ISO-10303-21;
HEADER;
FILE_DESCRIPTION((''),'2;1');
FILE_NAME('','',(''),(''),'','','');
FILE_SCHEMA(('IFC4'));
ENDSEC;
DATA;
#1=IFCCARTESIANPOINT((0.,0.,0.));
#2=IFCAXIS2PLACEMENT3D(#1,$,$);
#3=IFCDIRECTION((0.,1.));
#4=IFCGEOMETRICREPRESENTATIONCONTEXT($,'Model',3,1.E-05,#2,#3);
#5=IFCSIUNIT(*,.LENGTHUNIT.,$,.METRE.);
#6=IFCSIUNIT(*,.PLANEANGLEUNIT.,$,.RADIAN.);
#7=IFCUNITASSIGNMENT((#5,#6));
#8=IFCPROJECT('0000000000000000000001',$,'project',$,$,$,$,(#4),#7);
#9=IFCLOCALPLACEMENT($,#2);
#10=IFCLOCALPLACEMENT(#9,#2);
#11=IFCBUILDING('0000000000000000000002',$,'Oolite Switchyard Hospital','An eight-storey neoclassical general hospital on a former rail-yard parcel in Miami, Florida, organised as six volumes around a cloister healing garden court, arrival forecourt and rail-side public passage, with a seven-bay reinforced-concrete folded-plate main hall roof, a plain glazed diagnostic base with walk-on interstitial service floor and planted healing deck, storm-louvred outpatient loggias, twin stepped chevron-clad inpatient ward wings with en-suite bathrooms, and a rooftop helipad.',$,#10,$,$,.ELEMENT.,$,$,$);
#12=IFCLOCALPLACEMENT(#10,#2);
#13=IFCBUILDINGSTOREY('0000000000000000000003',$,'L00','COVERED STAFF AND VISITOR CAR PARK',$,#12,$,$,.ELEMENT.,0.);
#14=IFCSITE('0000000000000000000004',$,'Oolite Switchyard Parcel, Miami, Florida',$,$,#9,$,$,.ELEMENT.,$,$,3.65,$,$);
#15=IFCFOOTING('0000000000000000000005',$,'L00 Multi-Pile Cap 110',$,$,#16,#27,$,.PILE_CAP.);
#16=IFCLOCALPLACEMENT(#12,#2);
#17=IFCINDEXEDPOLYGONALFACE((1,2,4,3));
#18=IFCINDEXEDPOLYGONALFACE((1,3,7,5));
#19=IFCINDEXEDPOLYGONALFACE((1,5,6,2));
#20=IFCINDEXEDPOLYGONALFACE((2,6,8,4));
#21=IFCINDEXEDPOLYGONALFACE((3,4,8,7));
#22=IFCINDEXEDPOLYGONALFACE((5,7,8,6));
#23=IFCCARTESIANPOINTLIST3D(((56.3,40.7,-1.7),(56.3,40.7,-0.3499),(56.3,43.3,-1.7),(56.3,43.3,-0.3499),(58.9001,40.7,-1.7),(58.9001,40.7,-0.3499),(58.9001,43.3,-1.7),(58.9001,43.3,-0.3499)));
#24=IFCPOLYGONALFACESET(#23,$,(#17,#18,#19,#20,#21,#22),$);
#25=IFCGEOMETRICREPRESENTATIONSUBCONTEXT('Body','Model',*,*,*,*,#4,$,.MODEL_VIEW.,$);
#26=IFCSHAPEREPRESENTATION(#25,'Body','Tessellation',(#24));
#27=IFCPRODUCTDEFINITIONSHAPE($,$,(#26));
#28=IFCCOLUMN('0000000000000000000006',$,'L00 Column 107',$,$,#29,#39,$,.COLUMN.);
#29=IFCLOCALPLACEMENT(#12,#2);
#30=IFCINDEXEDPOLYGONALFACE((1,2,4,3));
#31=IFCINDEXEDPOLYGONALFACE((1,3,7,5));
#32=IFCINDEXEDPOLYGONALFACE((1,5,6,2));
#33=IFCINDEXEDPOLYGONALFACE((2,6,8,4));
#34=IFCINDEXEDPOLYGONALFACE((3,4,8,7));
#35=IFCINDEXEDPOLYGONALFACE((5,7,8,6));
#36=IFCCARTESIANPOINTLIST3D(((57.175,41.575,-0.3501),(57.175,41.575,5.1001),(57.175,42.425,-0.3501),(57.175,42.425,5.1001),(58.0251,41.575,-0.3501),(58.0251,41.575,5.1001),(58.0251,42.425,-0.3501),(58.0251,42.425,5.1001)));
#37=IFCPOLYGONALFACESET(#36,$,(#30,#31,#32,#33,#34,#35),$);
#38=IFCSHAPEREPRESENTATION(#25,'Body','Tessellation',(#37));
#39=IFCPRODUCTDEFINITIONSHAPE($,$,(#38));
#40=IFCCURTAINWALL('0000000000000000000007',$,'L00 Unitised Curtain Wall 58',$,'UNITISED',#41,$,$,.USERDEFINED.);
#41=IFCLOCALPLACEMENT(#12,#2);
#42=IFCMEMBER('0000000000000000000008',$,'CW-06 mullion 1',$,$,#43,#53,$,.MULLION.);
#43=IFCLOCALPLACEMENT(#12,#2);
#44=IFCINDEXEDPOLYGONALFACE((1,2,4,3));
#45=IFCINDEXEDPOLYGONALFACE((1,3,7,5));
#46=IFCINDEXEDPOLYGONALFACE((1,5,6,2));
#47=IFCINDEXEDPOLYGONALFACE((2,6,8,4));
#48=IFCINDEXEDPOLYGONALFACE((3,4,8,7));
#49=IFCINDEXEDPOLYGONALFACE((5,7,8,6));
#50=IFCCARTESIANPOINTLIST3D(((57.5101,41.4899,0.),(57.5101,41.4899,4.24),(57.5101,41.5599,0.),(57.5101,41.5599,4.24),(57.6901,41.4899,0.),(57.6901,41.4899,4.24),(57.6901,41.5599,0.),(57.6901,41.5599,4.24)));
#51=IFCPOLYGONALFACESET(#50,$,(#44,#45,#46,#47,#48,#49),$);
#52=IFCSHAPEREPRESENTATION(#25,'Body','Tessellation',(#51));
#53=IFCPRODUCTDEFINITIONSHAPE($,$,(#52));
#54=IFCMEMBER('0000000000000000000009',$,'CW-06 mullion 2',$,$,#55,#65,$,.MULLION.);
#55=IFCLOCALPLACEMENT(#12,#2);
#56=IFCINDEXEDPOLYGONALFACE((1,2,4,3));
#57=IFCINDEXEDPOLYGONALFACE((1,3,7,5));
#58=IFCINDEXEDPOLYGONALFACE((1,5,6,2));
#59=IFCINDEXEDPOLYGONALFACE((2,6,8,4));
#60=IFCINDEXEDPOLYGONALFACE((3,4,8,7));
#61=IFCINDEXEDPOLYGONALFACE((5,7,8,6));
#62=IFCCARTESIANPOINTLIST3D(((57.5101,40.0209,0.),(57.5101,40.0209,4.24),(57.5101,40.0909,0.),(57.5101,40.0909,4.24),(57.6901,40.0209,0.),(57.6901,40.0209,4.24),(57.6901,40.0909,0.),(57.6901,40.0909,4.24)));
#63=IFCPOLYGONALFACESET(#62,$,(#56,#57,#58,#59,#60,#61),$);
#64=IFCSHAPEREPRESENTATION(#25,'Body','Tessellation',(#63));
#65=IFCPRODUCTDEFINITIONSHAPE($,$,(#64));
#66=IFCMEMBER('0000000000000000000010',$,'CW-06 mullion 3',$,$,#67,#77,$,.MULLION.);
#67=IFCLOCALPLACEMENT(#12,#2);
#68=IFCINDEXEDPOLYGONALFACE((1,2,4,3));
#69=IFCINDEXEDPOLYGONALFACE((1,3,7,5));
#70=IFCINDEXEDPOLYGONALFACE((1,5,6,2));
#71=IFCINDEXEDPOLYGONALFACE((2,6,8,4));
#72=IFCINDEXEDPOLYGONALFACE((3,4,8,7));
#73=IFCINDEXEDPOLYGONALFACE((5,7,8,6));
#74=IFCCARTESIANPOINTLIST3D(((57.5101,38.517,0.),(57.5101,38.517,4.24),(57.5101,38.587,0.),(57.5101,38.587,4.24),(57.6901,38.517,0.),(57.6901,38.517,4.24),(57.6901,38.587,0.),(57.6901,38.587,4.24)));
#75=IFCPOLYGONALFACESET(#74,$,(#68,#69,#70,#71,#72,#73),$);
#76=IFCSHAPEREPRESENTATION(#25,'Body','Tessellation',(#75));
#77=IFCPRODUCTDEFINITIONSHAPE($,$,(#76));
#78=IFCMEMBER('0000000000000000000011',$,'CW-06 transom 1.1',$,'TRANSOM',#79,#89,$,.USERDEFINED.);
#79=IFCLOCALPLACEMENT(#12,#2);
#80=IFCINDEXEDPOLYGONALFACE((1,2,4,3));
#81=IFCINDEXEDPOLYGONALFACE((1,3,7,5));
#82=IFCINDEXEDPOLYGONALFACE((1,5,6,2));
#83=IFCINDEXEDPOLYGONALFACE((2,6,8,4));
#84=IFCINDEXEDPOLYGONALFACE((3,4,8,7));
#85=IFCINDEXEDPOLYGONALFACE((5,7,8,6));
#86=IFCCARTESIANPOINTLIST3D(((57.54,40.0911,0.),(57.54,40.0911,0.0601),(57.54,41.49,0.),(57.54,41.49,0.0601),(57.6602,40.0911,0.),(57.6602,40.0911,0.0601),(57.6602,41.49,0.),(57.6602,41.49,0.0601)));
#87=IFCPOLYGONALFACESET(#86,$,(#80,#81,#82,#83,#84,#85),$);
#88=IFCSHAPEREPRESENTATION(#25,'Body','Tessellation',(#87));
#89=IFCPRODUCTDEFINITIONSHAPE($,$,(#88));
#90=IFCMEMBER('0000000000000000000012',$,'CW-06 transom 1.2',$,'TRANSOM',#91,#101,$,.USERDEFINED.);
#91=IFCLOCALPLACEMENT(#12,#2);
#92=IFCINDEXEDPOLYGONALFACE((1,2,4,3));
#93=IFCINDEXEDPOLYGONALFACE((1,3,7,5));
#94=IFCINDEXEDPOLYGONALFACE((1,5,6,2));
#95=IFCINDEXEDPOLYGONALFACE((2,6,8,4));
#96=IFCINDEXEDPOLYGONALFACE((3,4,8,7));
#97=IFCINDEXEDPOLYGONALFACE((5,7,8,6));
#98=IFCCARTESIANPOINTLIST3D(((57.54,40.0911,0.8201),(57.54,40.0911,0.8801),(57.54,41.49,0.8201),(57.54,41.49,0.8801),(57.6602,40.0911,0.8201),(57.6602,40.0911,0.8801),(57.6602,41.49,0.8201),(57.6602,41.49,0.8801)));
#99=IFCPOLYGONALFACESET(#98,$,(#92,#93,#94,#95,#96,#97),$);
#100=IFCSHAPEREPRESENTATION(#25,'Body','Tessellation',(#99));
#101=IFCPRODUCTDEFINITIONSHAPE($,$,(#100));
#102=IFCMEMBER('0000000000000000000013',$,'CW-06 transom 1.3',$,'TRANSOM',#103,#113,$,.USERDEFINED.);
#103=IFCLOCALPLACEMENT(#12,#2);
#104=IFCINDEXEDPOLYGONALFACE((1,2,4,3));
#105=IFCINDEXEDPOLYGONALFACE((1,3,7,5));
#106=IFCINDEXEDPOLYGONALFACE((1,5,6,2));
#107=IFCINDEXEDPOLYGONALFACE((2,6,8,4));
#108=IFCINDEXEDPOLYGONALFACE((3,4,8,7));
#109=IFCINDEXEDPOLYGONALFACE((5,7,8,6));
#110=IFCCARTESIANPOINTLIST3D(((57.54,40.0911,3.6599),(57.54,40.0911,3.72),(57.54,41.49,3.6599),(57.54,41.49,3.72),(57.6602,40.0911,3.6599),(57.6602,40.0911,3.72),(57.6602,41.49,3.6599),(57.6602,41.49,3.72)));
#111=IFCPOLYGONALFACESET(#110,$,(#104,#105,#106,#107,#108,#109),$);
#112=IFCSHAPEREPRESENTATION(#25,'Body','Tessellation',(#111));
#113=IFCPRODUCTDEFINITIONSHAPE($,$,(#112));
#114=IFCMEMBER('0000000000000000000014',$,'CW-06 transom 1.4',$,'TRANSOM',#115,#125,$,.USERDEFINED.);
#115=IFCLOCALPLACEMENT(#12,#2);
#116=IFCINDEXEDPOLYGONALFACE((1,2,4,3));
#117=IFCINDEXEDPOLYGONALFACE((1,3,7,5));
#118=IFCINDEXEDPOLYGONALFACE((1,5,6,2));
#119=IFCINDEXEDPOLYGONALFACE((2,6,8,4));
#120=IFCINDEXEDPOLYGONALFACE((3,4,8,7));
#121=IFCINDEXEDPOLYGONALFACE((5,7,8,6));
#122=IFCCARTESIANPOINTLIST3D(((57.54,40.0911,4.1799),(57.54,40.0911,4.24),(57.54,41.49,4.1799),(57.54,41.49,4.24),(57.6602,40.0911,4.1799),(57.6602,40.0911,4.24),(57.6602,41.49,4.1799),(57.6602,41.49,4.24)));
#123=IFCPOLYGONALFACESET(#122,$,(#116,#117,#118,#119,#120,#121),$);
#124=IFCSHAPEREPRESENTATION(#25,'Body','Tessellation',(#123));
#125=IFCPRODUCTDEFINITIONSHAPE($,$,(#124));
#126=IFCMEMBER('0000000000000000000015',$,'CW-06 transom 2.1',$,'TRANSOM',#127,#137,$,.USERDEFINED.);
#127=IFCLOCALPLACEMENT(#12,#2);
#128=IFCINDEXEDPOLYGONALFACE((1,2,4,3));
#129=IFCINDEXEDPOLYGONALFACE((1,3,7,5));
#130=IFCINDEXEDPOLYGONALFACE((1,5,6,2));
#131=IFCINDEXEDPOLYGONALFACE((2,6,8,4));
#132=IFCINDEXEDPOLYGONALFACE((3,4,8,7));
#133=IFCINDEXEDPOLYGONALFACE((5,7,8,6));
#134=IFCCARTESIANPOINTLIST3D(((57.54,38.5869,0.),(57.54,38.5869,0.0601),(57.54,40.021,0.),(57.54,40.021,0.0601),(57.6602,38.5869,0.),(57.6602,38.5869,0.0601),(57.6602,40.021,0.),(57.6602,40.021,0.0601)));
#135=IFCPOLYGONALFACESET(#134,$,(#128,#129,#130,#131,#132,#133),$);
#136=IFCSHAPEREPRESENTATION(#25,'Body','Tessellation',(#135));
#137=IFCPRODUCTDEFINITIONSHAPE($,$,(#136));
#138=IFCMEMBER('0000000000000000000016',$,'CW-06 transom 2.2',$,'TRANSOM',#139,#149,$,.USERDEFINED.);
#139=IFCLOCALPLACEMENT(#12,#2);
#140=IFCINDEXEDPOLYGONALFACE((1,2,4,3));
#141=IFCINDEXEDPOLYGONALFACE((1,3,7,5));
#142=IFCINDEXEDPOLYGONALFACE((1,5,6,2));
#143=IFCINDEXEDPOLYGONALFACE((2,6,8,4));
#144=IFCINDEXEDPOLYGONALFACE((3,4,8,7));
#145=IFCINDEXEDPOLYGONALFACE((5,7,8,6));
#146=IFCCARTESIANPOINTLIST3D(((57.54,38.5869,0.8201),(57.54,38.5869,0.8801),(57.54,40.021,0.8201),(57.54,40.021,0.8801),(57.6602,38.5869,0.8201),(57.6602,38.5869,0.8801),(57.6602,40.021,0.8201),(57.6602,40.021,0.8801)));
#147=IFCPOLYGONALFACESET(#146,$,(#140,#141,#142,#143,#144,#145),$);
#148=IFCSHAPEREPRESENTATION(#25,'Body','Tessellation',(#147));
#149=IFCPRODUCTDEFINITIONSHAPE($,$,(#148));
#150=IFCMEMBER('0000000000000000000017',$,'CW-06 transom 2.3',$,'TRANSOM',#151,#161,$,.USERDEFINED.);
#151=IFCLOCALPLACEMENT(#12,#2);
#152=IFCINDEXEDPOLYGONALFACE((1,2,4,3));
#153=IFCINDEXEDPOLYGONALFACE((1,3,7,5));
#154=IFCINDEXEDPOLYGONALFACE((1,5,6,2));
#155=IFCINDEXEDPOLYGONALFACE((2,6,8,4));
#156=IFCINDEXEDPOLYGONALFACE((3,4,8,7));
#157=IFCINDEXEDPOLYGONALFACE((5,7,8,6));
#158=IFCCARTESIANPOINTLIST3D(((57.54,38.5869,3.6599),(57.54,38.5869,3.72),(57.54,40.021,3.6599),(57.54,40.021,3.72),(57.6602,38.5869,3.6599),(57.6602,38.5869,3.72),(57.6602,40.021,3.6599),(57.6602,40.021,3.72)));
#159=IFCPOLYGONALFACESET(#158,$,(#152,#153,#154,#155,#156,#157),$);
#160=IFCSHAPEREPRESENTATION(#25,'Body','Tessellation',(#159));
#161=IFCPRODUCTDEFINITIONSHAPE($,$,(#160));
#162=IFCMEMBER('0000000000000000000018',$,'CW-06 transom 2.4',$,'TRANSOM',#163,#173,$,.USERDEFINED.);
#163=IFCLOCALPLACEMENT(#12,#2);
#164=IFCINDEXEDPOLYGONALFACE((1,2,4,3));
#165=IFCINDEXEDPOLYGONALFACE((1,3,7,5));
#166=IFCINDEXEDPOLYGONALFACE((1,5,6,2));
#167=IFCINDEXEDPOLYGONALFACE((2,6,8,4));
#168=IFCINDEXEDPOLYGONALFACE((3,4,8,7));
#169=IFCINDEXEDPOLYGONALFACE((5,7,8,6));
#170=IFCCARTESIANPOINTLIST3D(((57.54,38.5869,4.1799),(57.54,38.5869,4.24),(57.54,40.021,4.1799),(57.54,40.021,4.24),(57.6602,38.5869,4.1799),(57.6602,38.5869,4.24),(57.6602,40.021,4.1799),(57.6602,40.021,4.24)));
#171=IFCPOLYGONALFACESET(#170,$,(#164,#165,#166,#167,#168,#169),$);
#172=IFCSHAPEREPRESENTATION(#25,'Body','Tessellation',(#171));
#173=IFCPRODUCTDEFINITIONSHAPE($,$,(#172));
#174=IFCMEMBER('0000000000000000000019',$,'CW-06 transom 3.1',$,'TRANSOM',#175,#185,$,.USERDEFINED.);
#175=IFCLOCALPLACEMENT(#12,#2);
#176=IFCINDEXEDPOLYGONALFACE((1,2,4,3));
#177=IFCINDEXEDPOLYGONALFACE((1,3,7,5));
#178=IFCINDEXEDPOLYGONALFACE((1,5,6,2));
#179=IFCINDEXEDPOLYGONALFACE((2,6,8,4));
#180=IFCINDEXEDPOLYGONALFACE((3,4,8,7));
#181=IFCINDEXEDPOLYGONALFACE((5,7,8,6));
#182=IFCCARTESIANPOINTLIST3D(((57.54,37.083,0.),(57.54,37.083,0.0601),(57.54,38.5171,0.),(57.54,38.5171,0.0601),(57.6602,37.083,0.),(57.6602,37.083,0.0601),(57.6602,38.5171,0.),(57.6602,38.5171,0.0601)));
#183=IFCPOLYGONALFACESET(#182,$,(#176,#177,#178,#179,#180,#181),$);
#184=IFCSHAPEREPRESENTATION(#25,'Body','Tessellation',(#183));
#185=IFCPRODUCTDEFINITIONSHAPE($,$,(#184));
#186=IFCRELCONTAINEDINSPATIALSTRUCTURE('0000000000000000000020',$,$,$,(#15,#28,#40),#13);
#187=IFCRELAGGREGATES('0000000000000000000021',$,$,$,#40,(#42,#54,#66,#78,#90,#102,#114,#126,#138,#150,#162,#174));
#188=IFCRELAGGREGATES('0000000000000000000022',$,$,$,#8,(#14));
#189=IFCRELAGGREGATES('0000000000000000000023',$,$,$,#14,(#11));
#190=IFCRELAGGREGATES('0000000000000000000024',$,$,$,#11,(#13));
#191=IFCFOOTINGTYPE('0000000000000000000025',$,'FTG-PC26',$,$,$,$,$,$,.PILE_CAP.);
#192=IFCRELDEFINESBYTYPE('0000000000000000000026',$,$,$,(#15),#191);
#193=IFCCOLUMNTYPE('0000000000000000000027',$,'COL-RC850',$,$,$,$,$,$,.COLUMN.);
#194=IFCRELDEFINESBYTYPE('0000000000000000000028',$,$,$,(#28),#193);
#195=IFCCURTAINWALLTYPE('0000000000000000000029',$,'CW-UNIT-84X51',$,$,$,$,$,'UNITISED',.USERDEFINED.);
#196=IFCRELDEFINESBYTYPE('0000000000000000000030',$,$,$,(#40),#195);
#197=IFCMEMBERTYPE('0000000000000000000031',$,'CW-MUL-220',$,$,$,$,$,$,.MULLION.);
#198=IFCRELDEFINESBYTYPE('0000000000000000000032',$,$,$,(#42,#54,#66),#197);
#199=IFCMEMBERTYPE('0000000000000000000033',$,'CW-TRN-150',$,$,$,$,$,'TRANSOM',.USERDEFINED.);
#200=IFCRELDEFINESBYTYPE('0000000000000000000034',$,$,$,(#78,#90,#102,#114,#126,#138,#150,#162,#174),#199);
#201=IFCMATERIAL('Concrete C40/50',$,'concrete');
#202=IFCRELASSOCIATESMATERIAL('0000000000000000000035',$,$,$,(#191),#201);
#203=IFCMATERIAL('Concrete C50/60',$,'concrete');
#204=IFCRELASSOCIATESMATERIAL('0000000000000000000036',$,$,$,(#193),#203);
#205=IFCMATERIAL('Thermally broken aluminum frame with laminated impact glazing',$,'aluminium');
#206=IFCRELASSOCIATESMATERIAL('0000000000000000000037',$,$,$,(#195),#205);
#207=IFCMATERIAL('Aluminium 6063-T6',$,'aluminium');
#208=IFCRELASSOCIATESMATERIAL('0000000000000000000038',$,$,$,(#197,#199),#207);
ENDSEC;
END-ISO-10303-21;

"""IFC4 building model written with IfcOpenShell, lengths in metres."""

from ifc_helpers import new_model, si_unit, direction, frame, origin, origin_2d, place, context, subcontext, project, spatial, rectangle, extrude, material, material_profile, profile_set, type_object, element, aggregate, save


model = new_model("IFC4")

# Units and contexts
model_context = context("Model", 3, precision=1e-05, world=origin(), true_north=direction((0.0, 1.0)))
body_context = subcontext(model_context, "Body", "Model", "MODEL_VIEW")
ifc_project = project(units=[si_unit("LENGTHUNIT", "METRE"), si_unit("PLANEANGLEUNIT", "RADIAN")], contexts=[model_context])

# Site, building, storey
site_placement = place(None, origin())
site = spatial("IfcSite", under=ifc_project, at=site_placement, Name="Oolite Switchyard Parcel, Miami, Florida", CompositionType="ELEMENT", RefElevation=3.65)
building_placement = place(site_placement, origin())
building = spatial("IfcBuilding", under=site, at=building_placement, Name="Oolite Switchyard Hospital", Description="An eight-storey neoclassical general hospital on a former rail-yard parcel in Miami, Florida, organised as six volumes around a cloister healing garden court, arrival forecourt and rail-side public passage, with a seven-bay reinforced-concrete folded-plate main hall roof, a plain glazed diagnostic base with walk-on interstitial service floor and planted healing deck, storm-louvred outpatient loggias, twin stepped chevron-clad inpatient ward wings with en-suite bathrooms, and a rooftop helipad.", CompositionType="ELEMENT")
storey_placement = place(building_placement, origin())
storey = spatial("IfcBuildingStorey", under=building, at=storey_placement, Name="L00", Description="COVERED STAFF AND VISITOR CAR PARK", CompositionType="ELEMENT", Elevation=0.0)

# Footing
ifc_material_1 = material(Name="Concrete C40/50", Category="concrete")
footing_type = type_object("IfcFootingType", Name="FTG-PC26", PredefinedType="PILE_CAP", material=ifc_material_1)
footing_placement = place(storey_placement, frame((57.6001, 42.0, -1.7), z_axis=(0.0, 0.0, 1.0), x_axis=(1.0, 0.0, 0.0)))
element("IfcFooting", 1, at=footing_placement, inside=storey, type_object=footing_type, Name="L00 Multi-Pile Cap 110", PredefinedType="PILE_CAP", context=body_context, shape_type="SweptSolid", body=[
    extrude(rectangle(XDim=2.6001, YDim=2.6001, at=origin_2d()), origin(), (0.0, 0.0, 1.0), 1.3501),
])

# Column
ifc_material_2 = material(Name="Concrete C50/60", Category="concrete")
ifc_material_profile_1 = material_profile(ifc_material_2, rectangle(XDim=0.8501, YDim=0.8501, at=origin_2d()), Name="RC850X850")
ifc_profile_set_1 = profile_set([ifc_material_profile_1], Name="Concrete C50/60")
column_type = type_object("IfcColumnType", Name="COL-RC850", PredefinedType="COLUMN", material=ifc_profile_set_1)
column_placement = place(storey_placement, frame((57.6001, 42.0, -0.3501), z_axis=(0.0, 0.0, 1.0), x_axis=(1.0, 0.0, 0.0)))
element("IfcColumn", 2, at=column_placement, inside=storey, type_object=column_type, Name="L00 Column 107", PredefinedType="COLUMN", context=body_context, shape_type="SweptSolid", body=[
    extrude(rectangle(XDim=0.8501, YDim=0.8501, at=origin_2d()), origin(), (0.0, 0.0, 1.0), 5.4502),
])

# Curtain wall, members
ifc_material_3 = material(Name="Thermally broken aluminum frame with laminated impact glazing", Category="aluminium")
curtain_wall_type = type_object("IfcCurtainWallType", Name="CW-UNIT-84X51", ElementType="UNITISED", PredefinedType="USERDEFINED", material=ifc_material_3)
curtain_wall_placement = place(storey_placement, origin())
curtain_wall = element("IfcCurtainWall", 3, at=curtain_wall_placement, inside=storey, type_object=curtain_wall_type, Name="L00 Unitised Curtain Wall 58", ObjectType="UNITISED", PredefinedType="USERDEFINED")
ifc_material_4 = material(Name="Aluminium 6063-T6", Category="aluminium")
ifc_material_profile_2 = material_profile(ifc_material_4, rectangle(XDim=0.1799, YDim=0.0701, at=origin_2d()), Name="CWM70X180")
ifc_profile_set_2 = profile_set([ifc_material_profile_2], Name="Aluminium 6063-T6")
member_type_1 = type_object("IfcMemberType", Name="CW-MUL-220", PredefinedType="MULLION", material=ifc_profile_set_2)
member_1_placement = place(storey_placement, frame((57.6001, 41.5249, 0.0), z_axis=(0.0, 0.0, 1.0), x_axis=(1.0, 0.0, 0.0)))
member_1 = element("IfcMember", 4, at=member_1_placement, type_object=member_type_1, Name="CW-06 mullion 1", PredefinedType="MULLION", context=body_context, shape_type="SweptSolid", body=[
    extrude(rectangle(XDim=0.1799, YDim=0.0701, at=origin_2d()), origin(), (0.0, 0.0, 1.0), 4.24),
])
member_2_placement = place(storey_placement, frame((57.6001, 40.0559, 0.0), z_axis=(0.0, 0.0, 1.0), x_axis=(1.0, 0.0, 0.0)))
member_2 = element("IfcMember", 5, at=member_2_placement, type_object=member_type_1, Name="CW-06 mullion 2", PredefinedType="MULLION", context=body_context, shape_type="SweptSolid", body=[
    extrude(rectangle(XDim=0.1799, YDim=0.0701, at=origin_2d()), origin(), (0.0, 0.0, 1.0), 4.24),
])
member_3_placement = place(storey_placement, frame((57.6001, 38.552, 0.0), z_axis=(0.0, 0.0, 1.0), x_axis=(1.0, 0.0, 0.0)))
member_3 = element("IfcMember", 6, at=member_3_placement, type_object=member_type_1, Name="CW-06 mullion 3", PredefinedType="MULLION", context=body_context, shape_type="SweptSolid", body=[
    extrude(rectangle(XDim=0.1799, YDim=0.0701, at=origin_2d()), origin(), (0.0, 0.0, 1.0), 4.24),
])
ifc_material_profile_3 = material_profile(ifc_material_4, rectangle(XDim=0.1201, YDim=0.0601, at=origin_2d()), Name="CWT60X120")
ifc_profile_set_3 = profile_set([ifc_material_profile_3], Name="Aluminium 6063-T6")
member_type_2 = type_object("IfcMemberType", Name="CW-TRN-150", ElementType="TRANSOM", PredefinedType="USERDEFINED", material=ifc_profile_set_3)
member_4_placement = place(storey_placement, frame((57.6001, 41.49, 0.03), z_axis=(0.0, -1.0, 0.0), x_axis=(1.0, 0.0, 0.0)))
member_4 = element("IfcMember", 7, at=member_4_placement, type_object=member_type_2, Name="CW-06 transom 1.1", ObjectType="TRANSOM", PredefinedType="USERDEFINED", context=body_context, shape_type="SweptSolid", body=[
    extrude(rectangle(XDim=0.1201, YDim=0.0601, at=origin_2d()), origin(), (0.0, 0.0, 1.0), 1.3989),
])
member_5_placement = place(storey_placement, frame((57.6001, 41.49, 0.8501), z_axis=(0.0, -1.0, 0.0), x_axis=(1.0, 0.0, 0.0)))
member_5 = element("IfcMember", 8, at=member_5_placement, type_object=member_type_2, Name="CW-06 transom 1.2", ObjectType="TRANSOM", PredefinedType="USERDEFINED", context=body_context, shape_type="SweptSolid", body=[
    extrude(rectangle(XDim=0.1201, YDim=0.0601, at=origin_2d()), origin(), (0.0, 0.0, 1.0), 1.3989),
])
member_6_placement = place(storey_placement, frame((57.6001, 41.49, 3.6899), z_axis=(0.0, -1.0, 0.0), x_axis=(1.0, 0.0, 0.0)))
member_6 = element("IfcMember", 9, at=member_6_placement, type_object=member_type_2, Name="CW-06 transom 1.3", ObjectType="TRANSOM", PredefinedType="USERDEFINED", context=body_context, shape_type="SweptSolid", body=[
    extrude(rectangle(XDim=0.1201, YDim=0.0601, at=origin_2d()), origin(), (0.0, 0.0, 1.0), 1.3989),
])
member_7_placement = place(storey_placement, frame((57.6001, 41.49, 4.21), z_axis=(0.0, -1.0, 0.0), x_axis=(1.0, 0.0, 0.0)))
member_7 = element("IfcMember", 10, at=member_7_placement, type_object=member_type_2, Name="CW-06 transom 1.4", ObjectType="TRANSOM", PredefinedType="USERDEFINED", context=body_context, shape_type="SweptSolid", body=[
    extrude(rectangle(XDim=0.1201, YDim=0.0601, at=origin_2d()), origin(), (0.0, 0.0, 1.0), 1.3989),
])
member_8_placement = place(storey_placement, frame((57.6001, 40.021, 0.03), z_axis=(0.0, -1.0, 0.0), x_axis=(1.0, 0.0, 0.0)))
member_8 = element("IfcMember", 11, at=member_8_placement, type_object=member_type_2, Name="CW-06 transom 2.1", ObjectType="TRANSOM", PredefinedType="USERDEFINED", context=body_context, shape_type="SweptSolid", body=[
    extrude(rectangle(XDim=0.1201, YDim=0.0601, at=origin_2d()), origin(), (0.0, 0.0, 1.0), 1.4341),
])
member_9_placement = place(storey_placement, frame((57.6001, 40.021, 0.8501), z_axis=(0.0, -1.0, 0.0), x_axis=(1.0, 0.0, 0.0)))
member_9 = element("IfcMember", 12, at=member_9_placement, type_object=member_type_2, Name="CW-06 transom 2.2", ObjectType="TRANSOM", PredefinedType="USERDEFINED", context=body_context, shape_type="SweptSolid", body=[
    extrude(rectangle(XDim=0.1201, YDim=0.0601, at=origin_2d()), origin(), (0.0, 0.0, 1.0), 1.4341),
])
member_10_placement = place(storey_placement, frame((57.6001, 40.021, 3.6899), z_axis=(0.0, -1.0, 0.0), x_axis=(1.0, 0.0, 0.0)))
member_10 = element("IfcMember", 13, at=member_10_placement, type_object=member_type_2, Name="CW-06 transom 2.3", ObjectType="TRANSOM", PredefinedType="USERDEFINED", context=body_context, shape_type="SweptSolid", body=[
    extrude(rectangle(XDim=0.1201, YDim=0.0601, at=origin_2d()), origin(), (0.0, 0.0, 1.0), 1.4341),
])
member_11_placement = place(storey_placement, frame((57.6001, 40.021, 4.21), z_axis=(0.0, -1.0, 0.0), x_axis=(1.0, 0.0, 0.0)))
member_11 = element("IfcMember", 14, at=member_11_placement, type_object=member_type_2, Name="CW-06 transom 2.4", ObjectType="TRANSOM", PredefinedType="USERDEFINED", context=body_context, shape_type="SweptSolid", body=[
    extrude(rectangle(XDim=0.1201, YDim=0.0601, at=origin_2d()), origin(), (0.0, 0.0, 1.0), 1.4341),
])
member_12_placement = place(storey_placement, frame((57.6001, 38.5171, 0.03), z_axis=(0.0, -1.0, 0.0), x_axis=(1.0, 0.0, 0.0)))
member_12 = element("IfcMember", 15, at=member_12_placement, type_object=member_type_2, Name="CW-06 transom 3.1", ObjectType="TRANSOM", PredefinedType="USERDEFINED", context=body_context, shape_type="SweptSolid", body=[
    extrude(rectangle(XDim=0.1201, YDim=0.0601, at=origin_2d()), origin(), (0.0, 0.0, 1.0), 1.4341),
])
aggregate(curtain_wall, [member_1, member_2, member_3, member_4, member_5, member_6, member_7, member_8, member_9, member_10, member_11, member_12])

save(model, "model.ifc")
